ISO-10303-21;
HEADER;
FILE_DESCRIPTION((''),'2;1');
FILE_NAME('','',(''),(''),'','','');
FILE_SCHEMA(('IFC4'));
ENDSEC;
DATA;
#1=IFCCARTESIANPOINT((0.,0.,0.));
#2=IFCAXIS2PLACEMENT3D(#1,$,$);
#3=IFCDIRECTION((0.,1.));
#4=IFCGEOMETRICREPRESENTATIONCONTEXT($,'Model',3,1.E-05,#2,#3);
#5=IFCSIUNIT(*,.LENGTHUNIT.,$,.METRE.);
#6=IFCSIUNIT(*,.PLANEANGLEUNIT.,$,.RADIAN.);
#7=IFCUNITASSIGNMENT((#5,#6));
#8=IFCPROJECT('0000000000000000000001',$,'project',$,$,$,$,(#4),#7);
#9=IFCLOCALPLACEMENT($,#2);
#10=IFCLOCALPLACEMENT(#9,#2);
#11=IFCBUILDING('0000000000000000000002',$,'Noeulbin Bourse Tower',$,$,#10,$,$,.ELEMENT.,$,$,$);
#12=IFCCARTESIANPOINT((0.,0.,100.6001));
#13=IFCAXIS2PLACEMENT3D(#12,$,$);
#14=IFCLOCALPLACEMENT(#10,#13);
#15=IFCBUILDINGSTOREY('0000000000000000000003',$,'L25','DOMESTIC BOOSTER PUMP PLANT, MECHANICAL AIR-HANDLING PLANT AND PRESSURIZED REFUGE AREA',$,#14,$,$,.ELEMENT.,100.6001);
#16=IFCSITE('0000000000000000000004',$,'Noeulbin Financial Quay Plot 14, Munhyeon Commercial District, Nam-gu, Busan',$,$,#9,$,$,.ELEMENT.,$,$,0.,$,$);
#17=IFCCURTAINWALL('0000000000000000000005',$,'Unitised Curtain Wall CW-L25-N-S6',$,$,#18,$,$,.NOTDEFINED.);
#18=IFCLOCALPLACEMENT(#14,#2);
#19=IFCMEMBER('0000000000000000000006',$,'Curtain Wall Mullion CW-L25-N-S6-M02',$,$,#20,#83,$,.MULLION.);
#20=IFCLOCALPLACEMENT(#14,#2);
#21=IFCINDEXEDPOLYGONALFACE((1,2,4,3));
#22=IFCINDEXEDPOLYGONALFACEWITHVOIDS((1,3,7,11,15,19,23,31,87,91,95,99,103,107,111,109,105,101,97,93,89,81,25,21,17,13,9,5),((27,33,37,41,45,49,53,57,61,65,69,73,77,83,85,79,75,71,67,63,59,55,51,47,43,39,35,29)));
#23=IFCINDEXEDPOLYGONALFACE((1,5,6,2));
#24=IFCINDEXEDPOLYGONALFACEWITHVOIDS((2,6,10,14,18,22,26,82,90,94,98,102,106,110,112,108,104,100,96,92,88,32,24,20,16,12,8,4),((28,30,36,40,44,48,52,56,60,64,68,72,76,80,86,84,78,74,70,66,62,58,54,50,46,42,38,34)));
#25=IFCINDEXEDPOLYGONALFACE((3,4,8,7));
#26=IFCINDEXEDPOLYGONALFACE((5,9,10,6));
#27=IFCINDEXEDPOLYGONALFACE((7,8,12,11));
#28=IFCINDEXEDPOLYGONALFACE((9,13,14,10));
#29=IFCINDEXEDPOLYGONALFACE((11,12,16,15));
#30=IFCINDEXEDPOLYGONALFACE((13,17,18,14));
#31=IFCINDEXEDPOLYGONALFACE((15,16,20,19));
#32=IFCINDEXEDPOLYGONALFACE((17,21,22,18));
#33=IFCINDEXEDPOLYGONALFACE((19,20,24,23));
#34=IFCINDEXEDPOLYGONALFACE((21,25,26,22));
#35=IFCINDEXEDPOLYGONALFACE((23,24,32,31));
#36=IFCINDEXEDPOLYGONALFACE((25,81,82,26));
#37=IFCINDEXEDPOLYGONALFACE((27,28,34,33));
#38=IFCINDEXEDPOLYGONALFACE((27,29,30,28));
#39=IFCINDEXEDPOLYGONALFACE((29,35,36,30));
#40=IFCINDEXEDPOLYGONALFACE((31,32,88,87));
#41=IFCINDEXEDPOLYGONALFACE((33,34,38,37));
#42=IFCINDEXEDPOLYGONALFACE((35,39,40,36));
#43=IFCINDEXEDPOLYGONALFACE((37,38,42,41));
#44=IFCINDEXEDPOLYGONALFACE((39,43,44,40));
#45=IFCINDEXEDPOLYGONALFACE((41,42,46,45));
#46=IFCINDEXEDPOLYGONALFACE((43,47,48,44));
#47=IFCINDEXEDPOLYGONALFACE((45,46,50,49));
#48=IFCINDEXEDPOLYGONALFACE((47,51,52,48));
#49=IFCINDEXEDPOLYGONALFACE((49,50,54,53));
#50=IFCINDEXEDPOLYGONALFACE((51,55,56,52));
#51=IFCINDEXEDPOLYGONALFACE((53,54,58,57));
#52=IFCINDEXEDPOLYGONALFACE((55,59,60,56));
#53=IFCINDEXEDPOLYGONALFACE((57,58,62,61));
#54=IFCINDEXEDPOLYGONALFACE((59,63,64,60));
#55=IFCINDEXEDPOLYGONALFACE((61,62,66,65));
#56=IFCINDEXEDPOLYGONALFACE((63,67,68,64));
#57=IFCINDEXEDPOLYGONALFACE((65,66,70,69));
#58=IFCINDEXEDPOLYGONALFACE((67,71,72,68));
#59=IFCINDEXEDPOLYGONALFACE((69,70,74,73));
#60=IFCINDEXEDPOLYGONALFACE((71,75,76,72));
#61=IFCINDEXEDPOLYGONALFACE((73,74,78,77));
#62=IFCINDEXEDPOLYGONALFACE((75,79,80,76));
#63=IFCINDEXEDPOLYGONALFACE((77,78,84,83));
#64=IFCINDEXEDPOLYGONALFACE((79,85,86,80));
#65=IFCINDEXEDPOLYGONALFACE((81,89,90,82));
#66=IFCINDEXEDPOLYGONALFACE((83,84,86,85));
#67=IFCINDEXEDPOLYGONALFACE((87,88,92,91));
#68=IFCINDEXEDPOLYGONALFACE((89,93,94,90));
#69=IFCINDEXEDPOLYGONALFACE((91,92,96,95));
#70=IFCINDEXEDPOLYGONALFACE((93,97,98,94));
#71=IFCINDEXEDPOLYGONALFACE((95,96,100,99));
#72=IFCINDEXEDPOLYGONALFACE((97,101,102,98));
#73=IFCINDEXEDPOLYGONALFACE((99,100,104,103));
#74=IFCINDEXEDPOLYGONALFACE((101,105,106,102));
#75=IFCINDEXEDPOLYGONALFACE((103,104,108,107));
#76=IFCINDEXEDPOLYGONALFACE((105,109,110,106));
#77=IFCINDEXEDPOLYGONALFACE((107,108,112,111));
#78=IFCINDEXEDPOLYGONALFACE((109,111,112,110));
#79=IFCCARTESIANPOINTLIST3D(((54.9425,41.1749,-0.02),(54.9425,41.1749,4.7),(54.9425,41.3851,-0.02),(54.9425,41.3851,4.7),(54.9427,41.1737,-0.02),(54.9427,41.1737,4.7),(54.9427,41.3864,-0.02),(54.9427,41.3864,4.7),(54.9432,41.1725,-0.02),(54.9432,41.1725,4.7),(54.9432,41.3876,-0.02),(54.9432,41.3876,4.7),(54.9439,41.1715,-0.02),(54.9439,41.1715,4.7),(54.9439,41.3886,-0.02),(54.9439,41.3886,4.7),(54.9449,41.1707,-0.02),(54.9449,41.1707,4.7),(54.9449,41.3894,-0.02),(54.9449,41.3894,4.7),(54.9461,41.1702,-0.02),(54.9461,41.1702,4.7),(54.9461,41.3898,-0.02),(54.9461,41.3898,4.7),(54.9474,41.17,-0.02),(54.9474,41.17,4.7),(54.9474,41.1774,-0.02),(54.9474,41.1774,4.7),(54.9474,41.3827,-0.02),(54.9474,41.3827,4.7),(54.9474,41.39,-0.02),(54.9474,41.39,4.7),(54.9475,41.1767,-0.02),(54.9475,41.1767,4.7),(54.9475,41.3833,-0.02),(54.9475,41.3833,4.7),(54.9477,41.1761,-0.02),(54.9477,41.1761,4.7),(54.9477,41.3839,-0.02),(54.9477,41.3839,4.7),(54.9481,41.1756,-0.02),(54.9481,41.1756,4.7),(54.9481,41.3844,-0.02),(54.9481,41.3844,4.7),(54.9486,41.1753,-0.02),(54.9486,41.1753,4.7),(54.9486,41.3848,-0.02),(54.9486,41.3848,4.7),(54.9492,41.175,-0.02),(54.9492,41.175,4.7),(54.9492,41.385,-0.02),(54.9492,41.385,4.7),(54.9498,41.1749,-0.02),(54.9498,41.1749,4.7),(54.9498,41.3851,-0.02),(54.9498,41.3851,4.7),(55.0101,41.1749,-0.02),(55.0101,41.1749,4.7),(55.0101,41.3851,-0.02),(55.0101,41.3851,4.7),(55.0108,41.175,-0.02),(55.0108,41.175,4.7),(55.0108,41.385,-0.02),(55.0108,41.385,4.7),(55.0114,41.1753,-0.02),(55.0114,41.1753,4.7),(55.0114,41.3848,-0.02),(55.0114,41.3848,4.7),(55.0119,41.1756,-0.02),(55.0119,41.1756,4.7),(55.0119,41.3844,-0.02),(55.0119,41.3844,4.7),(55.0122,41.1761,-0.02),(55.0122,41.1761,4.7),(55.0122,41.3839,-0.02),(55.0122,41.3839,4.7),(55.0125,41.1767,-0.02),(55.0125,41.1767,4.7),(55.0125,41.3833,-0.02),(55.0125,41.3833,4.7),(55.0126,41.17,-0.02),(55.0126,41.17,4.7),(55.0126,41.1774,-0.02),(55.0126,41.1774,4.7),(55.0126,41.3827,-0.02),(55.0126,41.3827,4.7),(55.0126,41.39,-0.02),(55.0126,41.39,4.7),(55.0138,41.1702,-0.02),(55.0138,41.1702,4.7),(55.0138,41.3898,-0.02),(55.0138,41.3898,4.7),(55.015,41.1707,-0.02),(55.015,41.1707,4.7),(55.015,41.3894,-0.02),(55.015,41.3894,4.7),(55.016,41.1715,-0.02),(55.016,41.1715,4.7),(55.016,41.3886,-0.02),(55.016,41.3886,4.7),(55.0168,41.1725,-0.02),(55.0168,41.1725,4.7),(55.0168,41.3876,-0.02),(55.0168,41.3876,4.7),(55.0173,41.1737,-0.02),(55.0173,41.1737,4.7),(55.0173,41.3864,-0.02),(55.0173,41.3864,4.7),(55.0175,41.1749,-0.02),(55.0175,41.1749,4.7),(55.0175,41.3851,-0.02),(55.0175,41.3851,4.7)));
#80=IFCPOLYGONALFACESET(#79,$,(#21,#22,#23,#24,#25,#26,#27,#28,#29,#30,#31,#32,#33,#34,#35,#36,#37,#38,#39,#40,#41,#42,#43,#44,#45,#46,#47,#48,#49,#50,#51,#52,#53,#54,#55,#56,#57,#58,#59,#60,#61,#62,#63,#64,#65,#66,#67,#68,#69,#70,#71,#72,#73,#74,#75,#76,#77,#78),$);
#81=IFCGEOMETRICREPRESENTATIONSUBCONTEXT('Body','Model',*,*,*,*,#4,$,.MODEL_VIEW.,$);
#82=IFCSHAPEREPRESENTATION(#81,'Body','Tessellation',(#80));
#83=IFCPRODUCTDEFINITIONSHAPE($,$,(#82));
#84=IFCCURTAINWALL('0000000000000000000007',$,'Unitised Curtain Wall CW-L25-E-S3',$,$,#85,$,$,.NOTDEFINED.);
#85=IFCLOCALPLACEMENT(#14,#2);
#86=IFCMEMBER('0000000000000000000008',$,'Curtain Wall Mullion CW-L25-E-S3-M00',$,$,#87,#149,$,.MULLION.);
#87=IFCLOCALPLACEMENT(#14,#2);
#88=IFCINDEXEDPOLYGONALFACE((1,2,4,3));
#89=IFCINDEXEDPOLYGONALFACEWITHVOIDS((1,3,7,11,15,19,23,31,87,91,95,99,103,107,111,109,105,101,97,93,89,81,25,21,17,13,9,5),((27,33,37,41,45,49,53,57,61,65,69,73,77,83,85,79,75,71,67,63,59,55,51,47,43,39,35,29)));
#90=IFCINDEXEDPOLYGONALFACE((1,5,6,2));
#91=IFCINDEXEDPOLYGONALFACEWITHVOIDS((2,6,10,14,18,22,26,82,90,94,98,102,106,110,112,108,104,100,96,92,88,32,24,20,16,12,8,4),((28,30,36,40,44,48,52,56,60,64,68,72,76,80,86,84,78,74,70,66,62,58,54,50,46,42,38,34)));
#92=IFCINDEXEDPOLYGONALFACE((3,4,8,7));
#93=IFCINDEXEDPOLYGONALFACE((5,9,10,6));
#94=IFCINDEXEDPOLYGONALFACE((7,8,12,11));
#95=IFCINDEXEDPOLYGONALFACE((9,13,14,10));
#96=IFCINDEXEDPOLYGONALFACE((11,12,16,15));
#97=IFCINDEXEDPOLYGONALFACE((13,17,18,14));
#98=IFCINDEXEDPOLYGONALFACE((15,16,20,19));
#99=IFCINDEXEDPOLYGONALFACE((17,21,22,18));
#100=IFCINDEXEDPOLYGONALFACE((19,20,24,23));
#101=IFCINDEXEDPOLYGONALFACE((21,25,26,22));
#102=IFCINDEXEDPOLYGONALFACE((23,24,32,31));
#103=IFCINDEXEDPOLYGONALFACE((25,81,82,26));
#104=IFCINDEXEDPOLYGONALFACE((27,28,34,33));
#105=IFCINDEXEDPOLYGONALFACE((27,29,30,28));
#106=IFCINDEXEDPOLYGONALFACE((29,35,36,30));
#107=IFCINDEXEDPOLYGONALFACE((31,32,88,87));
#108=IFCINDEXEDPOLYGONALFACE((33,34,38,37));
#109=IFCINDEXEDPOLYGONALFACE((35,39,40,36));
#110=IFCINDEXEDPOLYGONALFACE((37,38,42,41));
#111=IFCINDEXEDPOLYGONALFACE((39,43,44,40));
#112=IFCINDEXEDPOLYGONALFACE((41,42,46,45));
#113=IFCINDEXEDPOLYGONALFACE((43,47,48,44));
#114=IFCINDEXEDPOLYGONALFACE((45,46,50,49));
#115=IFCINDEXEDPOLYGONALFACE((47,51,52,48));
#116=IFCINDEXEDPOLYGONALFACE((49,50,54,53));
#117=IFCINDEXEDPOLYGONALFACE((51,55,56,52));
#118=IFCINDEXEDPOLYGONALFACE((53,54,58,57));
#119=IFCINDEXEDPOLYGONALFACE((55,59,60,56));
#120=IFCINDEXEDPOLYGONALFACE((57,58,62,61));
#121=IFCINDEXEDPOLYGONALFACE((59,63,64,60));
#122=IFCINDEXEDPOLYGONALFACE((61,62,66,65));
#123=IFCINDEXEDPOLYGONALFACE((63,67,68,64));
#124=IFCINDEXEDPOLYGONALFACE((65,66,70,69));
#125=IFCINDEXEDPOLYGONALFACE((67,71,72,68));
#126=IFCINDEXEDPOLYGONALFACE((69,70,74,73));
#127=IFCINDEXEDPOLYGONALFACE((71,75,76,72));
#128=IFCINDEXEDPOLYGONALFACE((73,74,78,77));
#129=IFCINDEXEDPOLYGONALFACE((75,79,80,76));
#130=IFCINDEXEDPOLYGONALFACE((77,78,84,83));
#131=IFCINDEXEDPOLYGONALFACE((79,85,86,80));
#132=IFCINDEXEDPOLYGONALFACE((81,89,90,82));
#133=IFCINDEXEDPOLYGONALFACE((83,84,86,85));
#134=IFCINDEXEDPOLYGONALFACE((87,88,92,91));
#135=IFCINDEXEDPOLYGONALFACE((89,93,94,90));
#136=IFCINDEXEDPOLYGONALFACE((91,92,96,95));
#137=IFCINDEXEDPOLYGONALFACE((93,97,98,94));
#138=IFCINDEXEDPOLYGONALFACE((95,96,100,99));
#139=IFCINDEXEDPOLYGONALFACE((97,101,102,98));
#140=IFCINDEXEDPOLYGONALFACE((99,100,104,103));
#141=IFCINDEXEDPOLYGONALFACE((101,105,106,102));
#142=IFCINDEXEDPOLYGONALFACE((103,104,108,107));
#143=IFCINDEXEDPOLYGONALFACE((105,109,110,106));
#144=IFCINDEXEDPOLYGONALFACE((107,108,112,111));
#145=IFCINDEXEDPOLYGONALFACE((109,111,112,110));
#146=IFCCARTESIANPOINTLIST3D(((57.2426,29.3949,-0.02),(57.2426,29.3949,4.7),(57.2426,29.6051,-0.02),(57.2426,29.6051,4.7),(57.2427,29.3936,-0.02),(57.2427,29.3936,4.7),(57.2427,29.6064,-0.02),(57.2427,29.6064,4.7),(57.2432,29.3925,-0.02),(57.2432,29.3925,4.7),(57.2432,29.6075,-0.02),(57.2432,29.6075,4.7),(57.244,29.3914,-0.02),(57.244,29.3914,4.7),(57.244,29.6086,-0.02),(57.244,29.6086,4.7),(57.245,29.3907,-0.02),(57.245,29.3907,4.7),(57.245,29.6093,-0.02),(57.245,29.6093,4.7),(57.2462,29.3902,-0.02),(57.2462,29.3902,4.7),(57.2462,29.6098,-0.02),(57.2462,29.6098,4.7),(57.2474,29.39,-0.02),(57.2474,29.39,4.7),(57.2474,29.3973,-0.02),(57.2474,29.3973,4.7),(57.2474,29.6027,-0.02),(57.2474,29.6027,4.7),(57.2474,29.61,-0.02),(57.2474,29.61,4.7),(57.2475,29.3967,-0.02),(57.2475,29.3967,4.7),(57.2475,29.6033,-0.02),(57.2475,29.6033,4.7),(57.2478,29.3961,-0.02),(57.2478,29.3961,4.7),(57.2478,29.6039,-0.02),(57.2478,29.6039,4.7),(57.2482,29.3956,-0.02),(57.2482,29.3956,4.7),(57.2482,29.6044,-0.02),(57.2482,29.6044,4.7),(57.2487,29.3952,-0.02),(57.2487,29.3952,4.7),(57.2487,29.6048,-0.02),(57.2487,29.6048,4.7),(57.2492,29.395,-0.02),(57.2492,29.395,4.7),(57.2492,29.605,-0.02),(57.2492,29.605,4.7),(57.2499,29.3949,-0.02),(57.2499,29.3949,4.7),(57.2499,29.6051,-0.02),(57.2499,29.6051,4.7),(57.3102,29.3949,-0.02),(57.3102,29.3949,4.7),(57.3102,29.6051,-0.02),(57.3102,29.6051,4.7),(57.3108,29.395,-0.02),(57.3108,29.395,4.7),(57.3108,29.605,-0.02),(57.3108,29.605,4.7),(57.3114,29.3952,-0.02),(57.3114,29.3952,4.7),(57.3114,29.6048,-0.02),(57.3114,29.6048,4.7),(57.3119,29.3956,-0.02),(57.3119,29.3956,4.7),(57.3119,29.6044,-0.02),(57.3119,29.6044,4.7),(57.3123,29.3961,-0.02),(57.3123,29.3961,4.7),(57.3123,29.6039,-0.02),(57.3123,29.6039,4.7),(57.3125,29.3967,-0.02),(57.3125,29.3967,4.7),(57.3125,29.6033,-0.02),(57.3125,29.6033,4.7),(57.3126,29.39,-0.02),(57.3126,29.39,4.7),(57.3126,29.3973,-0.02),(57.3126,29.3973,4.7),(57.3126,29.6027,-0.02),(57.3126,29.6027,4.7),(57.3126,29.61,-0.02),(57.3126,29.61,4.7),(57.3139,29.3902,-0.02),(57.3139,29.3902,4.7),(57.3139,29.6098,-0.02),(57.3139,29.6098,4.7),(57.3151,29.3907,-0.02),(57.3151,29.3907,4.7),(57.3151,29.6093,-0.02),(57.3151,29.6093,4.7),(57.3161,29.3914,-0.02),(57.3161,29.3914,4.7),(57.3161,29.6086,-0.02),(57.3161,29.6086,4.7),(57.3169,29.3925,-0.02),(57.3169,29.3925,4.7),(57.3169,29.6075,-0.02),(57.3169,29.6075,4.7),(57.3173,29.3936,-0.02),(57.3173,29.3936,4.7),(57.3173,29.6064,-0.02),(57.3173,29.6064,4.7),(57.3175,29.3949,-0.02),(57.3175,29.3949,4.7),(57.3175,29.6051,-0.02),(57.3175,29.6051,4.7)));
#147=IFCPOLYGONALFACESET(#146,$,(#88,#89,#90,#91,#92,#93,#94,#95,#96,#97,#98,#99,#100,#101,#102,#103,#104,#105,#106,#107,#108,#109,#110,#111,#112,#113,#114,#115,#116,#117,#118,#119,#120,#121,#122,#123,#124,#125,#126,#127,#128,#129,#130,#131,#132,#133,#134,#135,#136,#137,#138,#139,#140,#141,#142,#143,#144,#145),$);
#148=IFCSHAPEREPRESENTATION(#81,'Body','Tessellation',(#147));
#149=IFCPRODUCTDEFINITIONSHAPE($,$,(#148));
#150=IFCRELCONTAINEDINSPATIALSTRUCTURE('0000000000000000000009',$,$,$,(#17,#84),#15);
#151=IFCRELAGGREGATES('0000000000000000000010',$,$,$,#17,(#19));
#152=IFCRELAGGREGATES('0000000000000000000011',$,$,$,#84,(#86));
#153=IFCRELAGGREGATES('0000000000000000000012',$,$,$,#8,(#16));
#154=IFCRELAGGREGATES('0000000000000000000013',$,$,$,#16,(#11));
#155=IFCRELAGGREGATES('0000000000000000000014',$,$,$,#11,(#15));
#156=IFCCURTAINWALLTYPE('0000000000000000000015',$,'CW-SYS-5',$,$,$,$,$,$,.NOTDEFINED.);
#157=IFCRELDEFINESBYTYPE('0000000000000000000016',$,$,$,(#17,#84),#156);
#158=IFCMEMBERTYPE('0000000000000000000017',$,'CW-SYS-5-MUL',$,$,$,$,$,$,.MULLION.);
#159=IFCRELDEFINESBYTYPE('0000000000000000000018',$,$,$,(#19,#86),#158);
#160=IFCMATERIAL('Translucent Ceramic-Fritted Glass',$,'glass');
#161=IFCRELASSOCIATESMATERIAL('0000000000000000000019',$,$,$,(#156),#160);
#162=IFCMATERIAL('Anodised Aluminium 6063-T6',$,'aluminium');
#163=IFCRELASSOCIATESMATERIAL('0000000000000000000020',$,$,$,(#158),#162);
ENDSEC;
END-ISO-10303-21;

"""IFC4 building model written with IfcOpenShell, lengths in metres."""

from ifc_helpers import new_model, si_unit, direction, frame, origin, origin_2d, place, context, subcontext, project, spatial, hollow_rectangle, extrude, material, material_profile, profile_set, type_object, element, aggregate, save


model = new_model("IFC4")

# Units and contexts
model_context = context("Model", 3, precision=1e-05, world=origin(), true_north=direction((0.0, 1.0)))
body_context = subcontext(model_context, "Body", "Model", "MODEL_VIEW")
ifc_project = project(units=[si_unit("LENGTHUNIT", "METRE"), si_unit("PLANEANGLEUNIT", "RADIAN")], contexts=[model_context])

# Site, building, storey
site_placement = place(None, origin())
site = spatial("IfcSite", under=ifc_project, at=site_placement, Name="Noeulbin Financial Quay Plot 14, Munhyeon Commercial District, Nam-gu, Busan", CompositionType="ELEMENT", RefElevation=0.0)
building_placement = place(site_placement, origin())
building = spatial("IfcBuilding", under=site, at=building_placement, Name="Noeulbin Bourse Tower", CompositionType="ELEMENT")
storey_placement = place(building_placement, frame((0.0, 0.0, 100.6001)))
storey = spatial("IfcBuildingStorey", under=building, at=storey_placement, Name="L25", Description="DOMESTIC BOOSTER PUMP PLANT, MECHANICAL AIR-HANDLING PLANT AND PRESSURIZED REFUGE AREA", CompositionType="ELEMENT", Elevation=100.6001)

# Curtain walls, members
ifc_material_1 = material(Name="Translucent Ceramic-Fritted Glass", Category="glass")
curtain_wall_type = type_object("IfcCurtainWallType", Name="CW-SYS-5", PredefinedType="NOTDEFINED", material=ifc_material_1)
curtain_wall_1_placement = place(storey_placement, origin())
curtain_wall_1 = element("IfcCurtainWall", 1, at=curtain_wall_1_placement, inside=storey, type_object=curtain_wall_type, Name="Unitised Curtain Wall CW-L25-N-S6", PredefinedType="NOTDEFINED")
ifc_material_2 = material(Name="Anodised Aluminium 6063-T6", Category="aluminium")
ifc_material_profile_1 = material_profile(ifc_material_2, hollow_rectangle(XDim=0.075, YDim=0.22, WallThickness=0.0049, InnerFilletRadius=0.0024, OuterFilletRadius=0.0049, at=origin_2d()), Name="ALU-MULL-75x220x5", Category="LoadBearing")
ifc_profile_set_1 = profile_set([ifc_material_profile_1], Name="Anodised Aluminium 6063-T6")
member_type_1 = type_object("IfcMemberType", Name="CW-SYS-5-MUL", PredefinedType="MULLION", material=ifc_profile_set_1)
member_1_placement = place(storey_placement, frame((54.98, 41.28, -0.02), z_axis=(0.0, 0.0, 1.0), x_axis=(1.0, 0.0, 0.0)))
member_1 = element("IfcMember", 2, at=member_1_placement, type_object=member_type_1, Name="Curtain Wall Mullion CW-L25-N-S6-M02", PredefinedType="MULLION", context=body_context, shape_type="SweptSolid", body=[
    extrude(hollow_rectangle(XDim=0.075, YDim=0.22, WallThickness=0.0049, InnerFilletRadius=0.0024, OuterFilletRadius=0.0049, at=origin_2d()), origin(), (0.0, 0.0, 1.0), 4.72),
])
curtain_wall_2_placement = place(storey_placement, origin())
curtain_wall_2 = element("IfcCurtainWall", 3, at=curtain_wall_2_placement, inside=storey, type_object=curtain_wall_type, Name="Unitised Curtain Wall CW-L25-E-S3", PredefinedType="NOTDEFINED")
member_2_placement = place(storey_placement, frame((57.28, 29.5, -0.02), z_axis=(0.0, 0.0, 1.0), x_axis=(1.0, 0.0, 0.0)))
member_2 = element("IfcMember", 4, at=member_2_placement, type_object=member_type_1, Name="Curtain Wall Mullion CW-L25-E-S3-M00", PredefinedType="MULLION", context=body_context, shape_type="SweptSolid", body=[
    extrude(hollow_rectangle(XDim=0.075, YDim=0.22, WallThickness=0.0049, InnerFilletRadius=0.0024, OuterFilletRadius=0.0049, at=origin_2d()), origin(), (0.0, 0.0, 1.0), 4.72),
])

aggregate(curtain_wall_1, [member_1])
aggregate(curtain_wall_2, [member_2])

save(model, "model.ifc")
